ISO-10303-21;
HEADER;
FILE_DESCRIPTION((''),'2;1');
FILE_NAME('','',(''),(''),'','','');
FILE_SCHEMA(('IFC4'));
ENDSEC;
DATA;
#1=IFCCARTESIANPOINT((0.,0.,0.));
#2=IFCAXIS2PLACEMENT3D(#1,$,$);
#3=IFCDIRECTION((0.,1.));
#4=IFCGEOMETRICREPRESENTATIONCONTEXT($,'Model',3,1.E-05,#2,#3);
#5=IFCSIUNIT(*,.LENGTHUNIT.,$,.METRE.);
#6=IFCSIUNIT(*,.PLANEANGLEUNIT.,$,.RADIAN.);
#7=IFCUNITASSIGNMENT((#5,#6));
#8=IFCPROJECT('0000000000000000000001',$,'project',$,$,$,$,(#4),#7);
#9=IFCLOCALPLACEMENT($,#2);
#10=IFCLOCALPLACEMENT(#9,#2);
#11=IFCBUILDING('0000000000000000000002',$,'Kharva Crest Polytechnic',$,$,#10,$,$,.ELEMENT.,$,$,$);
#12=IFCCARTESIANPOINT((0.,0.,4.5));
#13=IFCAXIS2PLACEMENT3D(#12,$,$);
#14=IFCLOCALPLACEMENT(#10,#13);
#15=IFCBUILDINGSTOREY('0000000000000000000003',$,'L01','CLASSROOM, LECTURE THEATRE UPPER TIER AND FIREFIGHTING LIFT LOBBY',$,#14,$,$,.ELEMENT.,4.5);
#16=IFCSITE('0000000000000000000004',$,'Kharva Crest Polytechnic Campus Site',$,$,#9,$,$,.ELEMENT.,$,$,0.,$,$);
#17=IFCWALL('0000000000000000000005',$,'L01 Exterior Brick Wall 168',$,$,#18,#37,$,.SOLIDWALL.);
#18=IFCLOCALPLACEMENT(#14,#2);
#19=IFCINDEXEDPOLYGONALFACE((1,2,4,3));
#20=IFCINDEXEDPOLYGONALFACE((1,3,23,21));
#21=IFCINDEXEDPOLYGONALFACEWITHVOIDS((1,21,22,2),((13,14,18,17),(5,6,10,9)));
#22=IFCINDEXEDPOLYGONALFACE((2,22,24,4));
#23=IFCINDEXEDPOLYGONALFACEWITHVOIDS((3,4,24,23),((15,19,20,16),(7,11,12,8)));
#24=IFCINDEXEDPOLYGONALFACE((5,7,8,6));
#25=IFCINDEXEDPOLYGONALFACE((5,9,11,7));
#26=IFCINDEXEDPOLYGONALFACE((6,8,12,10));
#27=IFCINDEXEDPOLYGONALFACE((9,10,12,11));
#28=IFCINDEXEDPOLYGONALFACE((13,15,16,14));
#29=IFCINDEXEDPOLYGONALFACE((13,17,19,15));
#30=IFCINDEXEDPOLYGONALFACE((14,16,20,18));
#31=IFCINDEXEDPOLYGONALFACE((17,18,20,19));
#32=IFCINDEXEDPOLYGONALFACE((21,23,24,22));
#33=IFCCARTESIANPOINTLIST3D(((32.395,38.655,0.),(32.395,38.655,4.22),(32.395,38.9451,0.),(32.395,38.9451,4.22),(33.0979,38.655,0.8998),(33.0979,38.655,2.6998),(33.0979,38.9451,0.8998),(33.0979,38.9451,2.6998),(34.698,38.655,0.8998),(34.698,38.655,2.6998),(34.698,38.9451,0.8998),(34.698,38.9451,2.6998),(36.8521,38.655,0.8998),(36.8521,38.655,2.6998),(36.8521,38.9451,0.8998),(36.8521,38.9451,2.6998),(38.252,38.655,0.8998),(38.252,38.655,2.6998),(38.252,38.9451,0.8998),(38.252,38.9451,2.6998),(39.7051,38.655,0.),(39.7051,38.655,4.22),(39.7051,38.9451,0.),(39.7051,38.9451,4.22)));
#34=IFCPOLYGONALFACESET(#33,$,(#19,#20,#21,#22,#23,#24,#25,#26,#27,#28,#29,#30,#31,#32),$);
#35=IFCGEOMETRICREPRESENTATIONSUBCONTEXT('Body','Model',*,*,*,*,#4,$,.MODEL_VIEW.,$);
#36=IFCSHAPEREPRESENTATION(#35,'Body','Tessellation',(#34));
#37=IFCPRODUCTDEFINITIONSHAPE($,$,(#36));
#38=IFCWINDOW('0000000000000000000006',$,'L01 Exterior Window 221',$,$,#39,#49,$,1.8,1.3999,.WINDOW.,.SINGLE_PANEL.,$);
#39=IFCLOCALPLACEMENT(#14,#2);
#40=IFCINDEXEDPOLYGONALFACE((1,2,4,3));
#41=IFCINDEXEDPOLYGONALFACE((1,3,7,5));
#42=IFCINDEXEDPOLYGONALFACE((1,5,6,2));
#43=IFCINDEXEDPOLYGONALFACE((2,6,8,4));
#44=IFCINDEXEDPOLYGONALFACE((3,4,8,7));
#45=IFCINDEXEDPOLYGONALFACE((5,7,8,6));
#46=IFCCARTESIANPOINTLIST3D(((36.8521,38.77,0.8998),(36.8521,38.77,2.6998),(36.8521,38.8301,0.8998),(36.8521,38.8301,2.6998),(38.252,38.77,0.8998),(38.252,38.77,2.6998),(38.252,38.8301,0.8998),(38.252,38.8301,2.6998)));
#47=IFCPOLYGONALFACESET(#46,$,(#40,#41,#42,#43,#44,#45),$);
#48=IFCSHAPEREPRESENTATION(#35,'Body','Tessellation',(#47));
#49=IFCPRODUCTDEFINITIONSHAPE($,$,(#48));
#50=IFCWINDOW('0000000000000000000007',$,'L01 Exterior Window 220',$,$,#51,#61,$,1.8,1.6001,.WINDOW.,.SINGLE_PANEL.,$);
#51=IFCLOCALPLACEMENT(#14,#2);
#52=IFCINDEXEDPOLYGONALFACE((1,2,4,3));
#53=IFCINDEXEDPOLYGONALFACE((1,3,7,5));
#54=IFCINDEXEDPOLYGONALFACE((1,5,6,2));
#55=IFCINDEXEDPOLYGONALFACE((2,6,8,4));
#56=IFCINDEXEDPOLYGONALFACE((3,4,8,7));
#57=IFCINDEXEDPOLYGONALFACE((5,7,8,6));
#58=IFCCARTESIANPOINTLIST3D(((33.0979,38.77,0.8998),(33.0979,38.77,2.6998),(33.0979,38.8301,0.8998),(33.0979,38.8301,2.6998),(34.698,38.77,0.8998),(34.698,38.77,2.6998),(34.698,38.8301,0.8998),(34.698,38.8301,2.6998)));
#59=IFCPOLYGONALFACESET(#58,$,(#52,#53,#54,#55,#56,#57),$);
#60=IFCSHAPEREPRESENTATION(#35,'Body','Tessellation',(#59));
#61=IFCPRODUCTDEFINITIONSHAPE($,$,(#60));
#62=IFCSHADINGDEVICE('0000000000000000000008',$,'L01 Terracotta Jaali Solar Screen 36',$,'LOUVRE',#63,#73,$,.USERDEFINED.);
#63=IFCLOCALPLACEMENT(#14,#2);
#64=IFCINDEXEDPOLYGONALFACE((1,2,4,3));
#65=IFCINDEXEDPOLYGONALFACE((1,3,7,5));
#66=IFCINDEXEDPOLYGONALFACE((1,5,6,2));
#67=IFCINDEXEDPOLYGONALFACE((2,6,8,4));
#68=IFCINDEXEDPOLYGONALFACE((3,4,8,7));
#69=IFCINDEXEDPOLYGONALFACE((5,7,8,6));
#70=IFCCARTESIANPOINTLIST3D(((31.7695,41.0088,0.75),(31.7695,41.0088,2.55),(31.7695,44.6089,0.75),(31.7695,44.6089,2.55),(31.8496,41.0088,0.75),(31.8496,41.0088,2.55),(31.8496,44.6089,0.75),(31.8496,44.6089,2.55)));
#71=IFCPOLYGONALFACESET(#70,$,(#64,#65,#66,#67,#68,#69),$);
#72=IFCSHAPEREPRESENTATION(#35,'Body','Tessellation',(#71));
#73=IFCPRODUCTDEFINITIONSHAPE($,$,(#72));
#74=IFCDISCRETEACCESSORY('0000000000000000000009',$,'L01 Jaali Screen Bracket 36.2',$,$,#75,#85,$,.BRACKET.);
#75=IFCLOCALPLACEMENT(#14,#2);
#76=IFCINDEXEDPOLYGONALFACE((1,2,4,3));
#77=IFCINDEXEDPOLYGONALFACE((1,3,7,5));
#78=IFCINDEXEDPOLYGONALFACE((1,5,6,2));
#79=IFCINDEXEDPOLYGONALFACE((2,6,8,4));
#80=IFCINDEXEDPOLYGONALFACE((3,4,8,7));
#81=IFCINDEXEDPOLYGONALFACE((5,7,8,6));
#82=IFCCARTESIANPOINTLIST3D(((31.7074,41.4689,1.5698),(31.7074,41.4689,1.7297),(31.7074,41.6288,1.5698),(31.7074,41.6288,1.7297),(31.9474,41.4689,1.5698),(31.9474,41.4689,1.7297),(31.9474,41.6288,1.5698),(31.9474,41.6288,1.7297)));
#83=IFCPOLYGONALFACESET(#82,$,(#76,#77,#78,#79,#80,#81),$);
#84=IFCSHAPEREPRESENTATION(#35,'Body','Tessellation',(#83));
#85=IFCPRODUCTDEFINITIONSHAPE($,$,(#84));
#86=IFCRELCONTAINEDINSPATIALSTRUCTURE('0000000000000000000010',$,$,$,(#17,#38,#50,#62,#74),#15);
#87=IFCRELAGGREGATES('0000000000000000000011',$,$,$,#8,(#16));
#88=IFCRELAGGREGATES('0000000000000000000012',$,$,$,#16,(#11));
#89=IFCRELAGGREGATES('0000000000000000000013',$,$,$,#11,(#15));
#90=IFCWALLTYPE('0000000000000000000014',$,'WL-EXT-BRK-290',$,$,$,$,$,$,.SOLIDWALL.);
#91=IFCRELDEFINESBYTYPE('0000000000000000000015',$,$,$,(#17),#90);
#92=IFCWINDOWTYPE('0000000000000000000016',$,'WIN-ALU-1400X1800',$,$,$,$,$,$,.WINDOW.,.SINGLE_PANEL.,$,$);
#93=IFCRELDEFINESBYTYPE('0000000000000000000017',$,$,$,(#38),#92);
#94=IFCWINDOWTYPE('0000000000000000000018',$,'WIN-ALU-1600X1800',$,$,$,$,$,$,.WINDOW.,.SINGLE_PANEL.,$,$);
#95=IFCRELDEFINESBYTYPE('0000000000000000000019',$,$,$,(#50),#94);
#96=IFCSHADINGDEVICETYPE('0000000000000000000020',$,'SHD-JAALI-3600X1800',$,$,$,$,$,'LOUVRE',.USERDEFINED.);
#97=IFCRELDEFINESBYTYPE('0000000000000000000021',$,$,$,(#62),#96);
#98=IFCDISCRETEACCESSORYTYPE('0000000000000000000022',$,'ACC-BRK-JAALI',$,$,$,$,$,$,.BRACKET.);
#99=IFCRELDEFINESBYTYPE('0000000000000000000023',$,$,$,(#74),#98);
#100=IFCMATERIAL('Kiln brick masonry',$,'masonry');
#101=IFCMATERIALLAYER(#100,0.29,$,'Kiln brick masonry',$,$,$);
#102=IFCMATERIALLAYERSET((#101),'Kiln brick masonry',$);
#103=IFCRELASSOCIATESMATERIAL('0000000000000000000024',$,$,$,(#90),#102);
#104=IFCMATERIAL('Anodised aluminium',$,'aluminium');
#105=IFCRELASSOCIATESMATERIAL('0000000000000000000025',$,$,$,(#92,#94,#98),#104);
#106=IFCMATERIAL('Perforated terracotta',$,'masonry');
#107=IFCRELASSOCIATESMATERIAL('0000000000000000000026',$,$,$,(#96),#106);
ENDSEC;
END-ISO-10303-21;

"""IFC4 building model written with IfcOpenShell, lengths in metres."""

from ifc_helpers import new_model, si_unit, direction, frame, frame_2d, origin, origin_2d, place, context, subcontext, project, spatial, rectangle, extrude, material, layer, layer_set, type_object, element, fill, save


model = new_model("IFC4")

# Units and contexts
model_context = context("Model", 3, precision=1e-05, world=origin(), true_north=direction((0.0, 1.0)))
body_context = subcontext(model_context, "Body", "Model", "MODEL_VIEW")
ifc_project = project(units=[si_unit("LENGTHUNIT", "METRE"), si_unit("PLANEANGLEUNIT", "RADIAN")], contexts=[model_context])

# Site, building, storey
site_placement = place(None, origin())
site = spatial("IfcSite", under=ifc_project, at=site_placement, Name="Kharva Crest Polytechnic Campus Site", CompositionType="ELEMENT", RefElevation=0.0)
building_placement = place(site_placement, origin())
building = spatial("IfcBuilding", under=site, at=building_placement, Name="Kharva Crest Polytechnic", CompositionType="ELEMENT")
storey_placement = place(building_placement, frame((0.0, 0.0, 4.5)))
storey = spatial("IfcBuildingStorey", under=building, at=storey_placement, Name="L01", Description="CLASSROOM, LECTURE THEATRE UPPER TIER AND FIREFIGHTING LIFT LOBBY", CompositionType="ELEMENT", Elevation=4.5)

# Wall, openings, windows
ifc_material_1 = material(Name="Kiln brick masonry", Category="masonry")
ifc_layer_1 = layer(ifc_material_1, 0.29, Name="Kiln brick masonry")
ifc_layer_set_1 = layer_set([ifc_layer_1], Name="Kiln brick masonry")
wall_type = type_object("IfcWallType", Name="WL-EXT-BRK-290", PredefinedType="SOLIDWALL", material=ifc_layer_set_1)
wall_placement = place(storey_placement, frame((32.395, 38.8, 0.0), z_axis=(0.0, 0.0, 1.0), x_axis=(1.0, 0.0, 0.0)))
wall = element("IfcWall", 1, at=wall_placement, inside=storey, type_object=wall_type, Name="L01 Exterior Brick Wall 168", PredefinedType="SOLIDWALL", context=body_context, shape_type="SweptSolid", body=[
    extrude(rectangle(XDim=7.3101, YDim=0.29, at=frame_2d((3.655, 0.0))), origin(), (0.0, 0.0, 1.0), 4.22),
])
opening_1_placement = place(wall_placement, frame((0.7029, 0.0, 0.8999)))
opening_1 = element("IfcOpeningElement", 2, at=opening_1_placement, cuts=wall, PredefinedType="OPENING", context=body_context, shape_type="SweptSolid", body=[
    extrude(rectangle(XDim=1.6001, YDim=1.8, at=frame_2d((0.8, 0.8999))), frame((0.0, 0.155, 0.0), z_axis=(0.0, -1.0, 0.0), x_axis=(1.0, 0.0, 0.0)), (0.0, 0.0, 1.0), 0.3101),
])
opening_2_placement = place(wall_placement, frame((4.457, 0.0, 0.8999)))
opening_2 = element("IfcOpeningElement", 3, at=opening_2_placement, cuts=wall, PredefinedType="OPENING", context=body_context, shape_type="SweptSolid", body=[
    extrude(rectangle(XDim=1.3999, YDim=1.8, at=frame_2d((0.7, 0.8999))), frame((0.0, 0.155, 0.0), z_axis=(0.0, -1.0, 0.0), x_axis=(1.0, 0.0, 0.0)), (0.0, 0.0, 1.0), 0.3101),
])
ifc_material_2 = material(Name="Anodised aluminium", Category="aluminium")
window_type_1 = type_object("IfcWindowType", Name="WIN-ALU-1400X1800", PartitioningType="SINGLE_PANEL", PredefinedType="WINDOW", material=ifc_material_2)
window_1_placement = place(opening_2_placement, origin())
window_1 = element("IfcWindow", 4, at=window_1_placement, inside=storey, type_object=window_type_1, Name="L01 Exterior Window 221", OverallHeight=1.8, OverallWidth=1.3999, PartitioningType="SINGLE_PANEL", PredefinedType="WINDOW", context=body_context, shape_type="SweptSolid", body=[
    extrude(rectangle(XDim=1.3999, YDim=1.8, at=frame_2d((0.7, 0.8999))), frame((0.0, 0.03, 0.0), z_axis=(0.0, -1.0, 0.0), x_axis=(1.0, 0.0, 0.0)), (0.0, 0.0, 1.0), 0.0601),
])
fill(opening_2, window_1)
window_type_2 = type_object("IfcWindowType", Name="WIN-ALU-1600X1800", PartitioningType="SINGLE_PANEL", PredefinedType="WINDOW", material=ifc_material_2)
window_2_placement = place(opening_1_placement, origin())
window_2 = element("IfcWindow", 5, at=window_2_placement, inside=storey, type_object=window_type_2, Name="L01 Exterior Window 220", OverallHeight=1.8, OverallWidth=1.6001, PartitioningType="SINGLE_PANEL", PredefinedType="WINDOW", context=body_context, shape_type="SweptSolid", body=[
    extrude(rectangle(XDim=1.6001, YDim=1.8, at=frame_2d((0.8, 0.8999))), frame((0.0, 0.03, 0.0), z_axis=(0.0, -1.0, 0.0), x_axis=(1.0, 0.0, 0.0)), (0.0, 0.0, 1.0), 0.0601),
])
fill(opening_1, window_2)

# Shading device
ifc_material_3 = material(Name="Perforated terracotta", Category="masonry")
shading_device_type = type_object("IfcShadingDeviceType", Name="SHD-JAALI-3600X1800", ElementType="LOUVRE", PredefinedType="USERDEFINED", material=ifc_material_3)
shading_device_placement = place(storey_placement, frame((31.8096, 42.8088, 0.75), z_axis=(0.0, 0.0, 1.0), x_axis=(0.0, 1.0, 0.0)))
element("IfcShadingDevice", 6, at=shading_device_placement, inside=storey, type_object=shading_device_type, Name="L01 Terracotta Jaali Solar Screen 36", ObjectType="LOUVRE", PredefinedType="USERDEFINED", context=body_context, shape_type="SweptSolid", body=[
    extrude(rectangle(XDim=3.6001, YDim=0.0801, at=origin_2d()), origin(), (0.0, 0.0, 1.0), 1.8),
])

# Discrete accessory
discrete_accessory_type = type_object("IfcDiscreteAccessoryType", Name="ACC-BRK-JAALI", PredefinedType="BRACKET", material=ifc_material_2)
discrete_accessory_placement = place(storey_placement, frame((31.8274, 41.5488, 1.5698), z_axis=(0.0, 0.0, 1.0), x_axis=(0.0, 1.0, 0.0)))
element("IfcDiscreteAccessory", 7, at=discrete_accessory_placement, inside=storey, type_object=discrete_accessory_type, Name="L01 Jaali Screen Bracket 36.2", PredefinedType="BRACKET", context=body_context, shape_type="SweptSolid", body=[
    extrude(rectangle(XDim=0.1599, YDim=0.24, at=origin_2d()), origin(), (0.0, 0.0, 1.0), 0.1599),
])

save(model, "model.ifc")
